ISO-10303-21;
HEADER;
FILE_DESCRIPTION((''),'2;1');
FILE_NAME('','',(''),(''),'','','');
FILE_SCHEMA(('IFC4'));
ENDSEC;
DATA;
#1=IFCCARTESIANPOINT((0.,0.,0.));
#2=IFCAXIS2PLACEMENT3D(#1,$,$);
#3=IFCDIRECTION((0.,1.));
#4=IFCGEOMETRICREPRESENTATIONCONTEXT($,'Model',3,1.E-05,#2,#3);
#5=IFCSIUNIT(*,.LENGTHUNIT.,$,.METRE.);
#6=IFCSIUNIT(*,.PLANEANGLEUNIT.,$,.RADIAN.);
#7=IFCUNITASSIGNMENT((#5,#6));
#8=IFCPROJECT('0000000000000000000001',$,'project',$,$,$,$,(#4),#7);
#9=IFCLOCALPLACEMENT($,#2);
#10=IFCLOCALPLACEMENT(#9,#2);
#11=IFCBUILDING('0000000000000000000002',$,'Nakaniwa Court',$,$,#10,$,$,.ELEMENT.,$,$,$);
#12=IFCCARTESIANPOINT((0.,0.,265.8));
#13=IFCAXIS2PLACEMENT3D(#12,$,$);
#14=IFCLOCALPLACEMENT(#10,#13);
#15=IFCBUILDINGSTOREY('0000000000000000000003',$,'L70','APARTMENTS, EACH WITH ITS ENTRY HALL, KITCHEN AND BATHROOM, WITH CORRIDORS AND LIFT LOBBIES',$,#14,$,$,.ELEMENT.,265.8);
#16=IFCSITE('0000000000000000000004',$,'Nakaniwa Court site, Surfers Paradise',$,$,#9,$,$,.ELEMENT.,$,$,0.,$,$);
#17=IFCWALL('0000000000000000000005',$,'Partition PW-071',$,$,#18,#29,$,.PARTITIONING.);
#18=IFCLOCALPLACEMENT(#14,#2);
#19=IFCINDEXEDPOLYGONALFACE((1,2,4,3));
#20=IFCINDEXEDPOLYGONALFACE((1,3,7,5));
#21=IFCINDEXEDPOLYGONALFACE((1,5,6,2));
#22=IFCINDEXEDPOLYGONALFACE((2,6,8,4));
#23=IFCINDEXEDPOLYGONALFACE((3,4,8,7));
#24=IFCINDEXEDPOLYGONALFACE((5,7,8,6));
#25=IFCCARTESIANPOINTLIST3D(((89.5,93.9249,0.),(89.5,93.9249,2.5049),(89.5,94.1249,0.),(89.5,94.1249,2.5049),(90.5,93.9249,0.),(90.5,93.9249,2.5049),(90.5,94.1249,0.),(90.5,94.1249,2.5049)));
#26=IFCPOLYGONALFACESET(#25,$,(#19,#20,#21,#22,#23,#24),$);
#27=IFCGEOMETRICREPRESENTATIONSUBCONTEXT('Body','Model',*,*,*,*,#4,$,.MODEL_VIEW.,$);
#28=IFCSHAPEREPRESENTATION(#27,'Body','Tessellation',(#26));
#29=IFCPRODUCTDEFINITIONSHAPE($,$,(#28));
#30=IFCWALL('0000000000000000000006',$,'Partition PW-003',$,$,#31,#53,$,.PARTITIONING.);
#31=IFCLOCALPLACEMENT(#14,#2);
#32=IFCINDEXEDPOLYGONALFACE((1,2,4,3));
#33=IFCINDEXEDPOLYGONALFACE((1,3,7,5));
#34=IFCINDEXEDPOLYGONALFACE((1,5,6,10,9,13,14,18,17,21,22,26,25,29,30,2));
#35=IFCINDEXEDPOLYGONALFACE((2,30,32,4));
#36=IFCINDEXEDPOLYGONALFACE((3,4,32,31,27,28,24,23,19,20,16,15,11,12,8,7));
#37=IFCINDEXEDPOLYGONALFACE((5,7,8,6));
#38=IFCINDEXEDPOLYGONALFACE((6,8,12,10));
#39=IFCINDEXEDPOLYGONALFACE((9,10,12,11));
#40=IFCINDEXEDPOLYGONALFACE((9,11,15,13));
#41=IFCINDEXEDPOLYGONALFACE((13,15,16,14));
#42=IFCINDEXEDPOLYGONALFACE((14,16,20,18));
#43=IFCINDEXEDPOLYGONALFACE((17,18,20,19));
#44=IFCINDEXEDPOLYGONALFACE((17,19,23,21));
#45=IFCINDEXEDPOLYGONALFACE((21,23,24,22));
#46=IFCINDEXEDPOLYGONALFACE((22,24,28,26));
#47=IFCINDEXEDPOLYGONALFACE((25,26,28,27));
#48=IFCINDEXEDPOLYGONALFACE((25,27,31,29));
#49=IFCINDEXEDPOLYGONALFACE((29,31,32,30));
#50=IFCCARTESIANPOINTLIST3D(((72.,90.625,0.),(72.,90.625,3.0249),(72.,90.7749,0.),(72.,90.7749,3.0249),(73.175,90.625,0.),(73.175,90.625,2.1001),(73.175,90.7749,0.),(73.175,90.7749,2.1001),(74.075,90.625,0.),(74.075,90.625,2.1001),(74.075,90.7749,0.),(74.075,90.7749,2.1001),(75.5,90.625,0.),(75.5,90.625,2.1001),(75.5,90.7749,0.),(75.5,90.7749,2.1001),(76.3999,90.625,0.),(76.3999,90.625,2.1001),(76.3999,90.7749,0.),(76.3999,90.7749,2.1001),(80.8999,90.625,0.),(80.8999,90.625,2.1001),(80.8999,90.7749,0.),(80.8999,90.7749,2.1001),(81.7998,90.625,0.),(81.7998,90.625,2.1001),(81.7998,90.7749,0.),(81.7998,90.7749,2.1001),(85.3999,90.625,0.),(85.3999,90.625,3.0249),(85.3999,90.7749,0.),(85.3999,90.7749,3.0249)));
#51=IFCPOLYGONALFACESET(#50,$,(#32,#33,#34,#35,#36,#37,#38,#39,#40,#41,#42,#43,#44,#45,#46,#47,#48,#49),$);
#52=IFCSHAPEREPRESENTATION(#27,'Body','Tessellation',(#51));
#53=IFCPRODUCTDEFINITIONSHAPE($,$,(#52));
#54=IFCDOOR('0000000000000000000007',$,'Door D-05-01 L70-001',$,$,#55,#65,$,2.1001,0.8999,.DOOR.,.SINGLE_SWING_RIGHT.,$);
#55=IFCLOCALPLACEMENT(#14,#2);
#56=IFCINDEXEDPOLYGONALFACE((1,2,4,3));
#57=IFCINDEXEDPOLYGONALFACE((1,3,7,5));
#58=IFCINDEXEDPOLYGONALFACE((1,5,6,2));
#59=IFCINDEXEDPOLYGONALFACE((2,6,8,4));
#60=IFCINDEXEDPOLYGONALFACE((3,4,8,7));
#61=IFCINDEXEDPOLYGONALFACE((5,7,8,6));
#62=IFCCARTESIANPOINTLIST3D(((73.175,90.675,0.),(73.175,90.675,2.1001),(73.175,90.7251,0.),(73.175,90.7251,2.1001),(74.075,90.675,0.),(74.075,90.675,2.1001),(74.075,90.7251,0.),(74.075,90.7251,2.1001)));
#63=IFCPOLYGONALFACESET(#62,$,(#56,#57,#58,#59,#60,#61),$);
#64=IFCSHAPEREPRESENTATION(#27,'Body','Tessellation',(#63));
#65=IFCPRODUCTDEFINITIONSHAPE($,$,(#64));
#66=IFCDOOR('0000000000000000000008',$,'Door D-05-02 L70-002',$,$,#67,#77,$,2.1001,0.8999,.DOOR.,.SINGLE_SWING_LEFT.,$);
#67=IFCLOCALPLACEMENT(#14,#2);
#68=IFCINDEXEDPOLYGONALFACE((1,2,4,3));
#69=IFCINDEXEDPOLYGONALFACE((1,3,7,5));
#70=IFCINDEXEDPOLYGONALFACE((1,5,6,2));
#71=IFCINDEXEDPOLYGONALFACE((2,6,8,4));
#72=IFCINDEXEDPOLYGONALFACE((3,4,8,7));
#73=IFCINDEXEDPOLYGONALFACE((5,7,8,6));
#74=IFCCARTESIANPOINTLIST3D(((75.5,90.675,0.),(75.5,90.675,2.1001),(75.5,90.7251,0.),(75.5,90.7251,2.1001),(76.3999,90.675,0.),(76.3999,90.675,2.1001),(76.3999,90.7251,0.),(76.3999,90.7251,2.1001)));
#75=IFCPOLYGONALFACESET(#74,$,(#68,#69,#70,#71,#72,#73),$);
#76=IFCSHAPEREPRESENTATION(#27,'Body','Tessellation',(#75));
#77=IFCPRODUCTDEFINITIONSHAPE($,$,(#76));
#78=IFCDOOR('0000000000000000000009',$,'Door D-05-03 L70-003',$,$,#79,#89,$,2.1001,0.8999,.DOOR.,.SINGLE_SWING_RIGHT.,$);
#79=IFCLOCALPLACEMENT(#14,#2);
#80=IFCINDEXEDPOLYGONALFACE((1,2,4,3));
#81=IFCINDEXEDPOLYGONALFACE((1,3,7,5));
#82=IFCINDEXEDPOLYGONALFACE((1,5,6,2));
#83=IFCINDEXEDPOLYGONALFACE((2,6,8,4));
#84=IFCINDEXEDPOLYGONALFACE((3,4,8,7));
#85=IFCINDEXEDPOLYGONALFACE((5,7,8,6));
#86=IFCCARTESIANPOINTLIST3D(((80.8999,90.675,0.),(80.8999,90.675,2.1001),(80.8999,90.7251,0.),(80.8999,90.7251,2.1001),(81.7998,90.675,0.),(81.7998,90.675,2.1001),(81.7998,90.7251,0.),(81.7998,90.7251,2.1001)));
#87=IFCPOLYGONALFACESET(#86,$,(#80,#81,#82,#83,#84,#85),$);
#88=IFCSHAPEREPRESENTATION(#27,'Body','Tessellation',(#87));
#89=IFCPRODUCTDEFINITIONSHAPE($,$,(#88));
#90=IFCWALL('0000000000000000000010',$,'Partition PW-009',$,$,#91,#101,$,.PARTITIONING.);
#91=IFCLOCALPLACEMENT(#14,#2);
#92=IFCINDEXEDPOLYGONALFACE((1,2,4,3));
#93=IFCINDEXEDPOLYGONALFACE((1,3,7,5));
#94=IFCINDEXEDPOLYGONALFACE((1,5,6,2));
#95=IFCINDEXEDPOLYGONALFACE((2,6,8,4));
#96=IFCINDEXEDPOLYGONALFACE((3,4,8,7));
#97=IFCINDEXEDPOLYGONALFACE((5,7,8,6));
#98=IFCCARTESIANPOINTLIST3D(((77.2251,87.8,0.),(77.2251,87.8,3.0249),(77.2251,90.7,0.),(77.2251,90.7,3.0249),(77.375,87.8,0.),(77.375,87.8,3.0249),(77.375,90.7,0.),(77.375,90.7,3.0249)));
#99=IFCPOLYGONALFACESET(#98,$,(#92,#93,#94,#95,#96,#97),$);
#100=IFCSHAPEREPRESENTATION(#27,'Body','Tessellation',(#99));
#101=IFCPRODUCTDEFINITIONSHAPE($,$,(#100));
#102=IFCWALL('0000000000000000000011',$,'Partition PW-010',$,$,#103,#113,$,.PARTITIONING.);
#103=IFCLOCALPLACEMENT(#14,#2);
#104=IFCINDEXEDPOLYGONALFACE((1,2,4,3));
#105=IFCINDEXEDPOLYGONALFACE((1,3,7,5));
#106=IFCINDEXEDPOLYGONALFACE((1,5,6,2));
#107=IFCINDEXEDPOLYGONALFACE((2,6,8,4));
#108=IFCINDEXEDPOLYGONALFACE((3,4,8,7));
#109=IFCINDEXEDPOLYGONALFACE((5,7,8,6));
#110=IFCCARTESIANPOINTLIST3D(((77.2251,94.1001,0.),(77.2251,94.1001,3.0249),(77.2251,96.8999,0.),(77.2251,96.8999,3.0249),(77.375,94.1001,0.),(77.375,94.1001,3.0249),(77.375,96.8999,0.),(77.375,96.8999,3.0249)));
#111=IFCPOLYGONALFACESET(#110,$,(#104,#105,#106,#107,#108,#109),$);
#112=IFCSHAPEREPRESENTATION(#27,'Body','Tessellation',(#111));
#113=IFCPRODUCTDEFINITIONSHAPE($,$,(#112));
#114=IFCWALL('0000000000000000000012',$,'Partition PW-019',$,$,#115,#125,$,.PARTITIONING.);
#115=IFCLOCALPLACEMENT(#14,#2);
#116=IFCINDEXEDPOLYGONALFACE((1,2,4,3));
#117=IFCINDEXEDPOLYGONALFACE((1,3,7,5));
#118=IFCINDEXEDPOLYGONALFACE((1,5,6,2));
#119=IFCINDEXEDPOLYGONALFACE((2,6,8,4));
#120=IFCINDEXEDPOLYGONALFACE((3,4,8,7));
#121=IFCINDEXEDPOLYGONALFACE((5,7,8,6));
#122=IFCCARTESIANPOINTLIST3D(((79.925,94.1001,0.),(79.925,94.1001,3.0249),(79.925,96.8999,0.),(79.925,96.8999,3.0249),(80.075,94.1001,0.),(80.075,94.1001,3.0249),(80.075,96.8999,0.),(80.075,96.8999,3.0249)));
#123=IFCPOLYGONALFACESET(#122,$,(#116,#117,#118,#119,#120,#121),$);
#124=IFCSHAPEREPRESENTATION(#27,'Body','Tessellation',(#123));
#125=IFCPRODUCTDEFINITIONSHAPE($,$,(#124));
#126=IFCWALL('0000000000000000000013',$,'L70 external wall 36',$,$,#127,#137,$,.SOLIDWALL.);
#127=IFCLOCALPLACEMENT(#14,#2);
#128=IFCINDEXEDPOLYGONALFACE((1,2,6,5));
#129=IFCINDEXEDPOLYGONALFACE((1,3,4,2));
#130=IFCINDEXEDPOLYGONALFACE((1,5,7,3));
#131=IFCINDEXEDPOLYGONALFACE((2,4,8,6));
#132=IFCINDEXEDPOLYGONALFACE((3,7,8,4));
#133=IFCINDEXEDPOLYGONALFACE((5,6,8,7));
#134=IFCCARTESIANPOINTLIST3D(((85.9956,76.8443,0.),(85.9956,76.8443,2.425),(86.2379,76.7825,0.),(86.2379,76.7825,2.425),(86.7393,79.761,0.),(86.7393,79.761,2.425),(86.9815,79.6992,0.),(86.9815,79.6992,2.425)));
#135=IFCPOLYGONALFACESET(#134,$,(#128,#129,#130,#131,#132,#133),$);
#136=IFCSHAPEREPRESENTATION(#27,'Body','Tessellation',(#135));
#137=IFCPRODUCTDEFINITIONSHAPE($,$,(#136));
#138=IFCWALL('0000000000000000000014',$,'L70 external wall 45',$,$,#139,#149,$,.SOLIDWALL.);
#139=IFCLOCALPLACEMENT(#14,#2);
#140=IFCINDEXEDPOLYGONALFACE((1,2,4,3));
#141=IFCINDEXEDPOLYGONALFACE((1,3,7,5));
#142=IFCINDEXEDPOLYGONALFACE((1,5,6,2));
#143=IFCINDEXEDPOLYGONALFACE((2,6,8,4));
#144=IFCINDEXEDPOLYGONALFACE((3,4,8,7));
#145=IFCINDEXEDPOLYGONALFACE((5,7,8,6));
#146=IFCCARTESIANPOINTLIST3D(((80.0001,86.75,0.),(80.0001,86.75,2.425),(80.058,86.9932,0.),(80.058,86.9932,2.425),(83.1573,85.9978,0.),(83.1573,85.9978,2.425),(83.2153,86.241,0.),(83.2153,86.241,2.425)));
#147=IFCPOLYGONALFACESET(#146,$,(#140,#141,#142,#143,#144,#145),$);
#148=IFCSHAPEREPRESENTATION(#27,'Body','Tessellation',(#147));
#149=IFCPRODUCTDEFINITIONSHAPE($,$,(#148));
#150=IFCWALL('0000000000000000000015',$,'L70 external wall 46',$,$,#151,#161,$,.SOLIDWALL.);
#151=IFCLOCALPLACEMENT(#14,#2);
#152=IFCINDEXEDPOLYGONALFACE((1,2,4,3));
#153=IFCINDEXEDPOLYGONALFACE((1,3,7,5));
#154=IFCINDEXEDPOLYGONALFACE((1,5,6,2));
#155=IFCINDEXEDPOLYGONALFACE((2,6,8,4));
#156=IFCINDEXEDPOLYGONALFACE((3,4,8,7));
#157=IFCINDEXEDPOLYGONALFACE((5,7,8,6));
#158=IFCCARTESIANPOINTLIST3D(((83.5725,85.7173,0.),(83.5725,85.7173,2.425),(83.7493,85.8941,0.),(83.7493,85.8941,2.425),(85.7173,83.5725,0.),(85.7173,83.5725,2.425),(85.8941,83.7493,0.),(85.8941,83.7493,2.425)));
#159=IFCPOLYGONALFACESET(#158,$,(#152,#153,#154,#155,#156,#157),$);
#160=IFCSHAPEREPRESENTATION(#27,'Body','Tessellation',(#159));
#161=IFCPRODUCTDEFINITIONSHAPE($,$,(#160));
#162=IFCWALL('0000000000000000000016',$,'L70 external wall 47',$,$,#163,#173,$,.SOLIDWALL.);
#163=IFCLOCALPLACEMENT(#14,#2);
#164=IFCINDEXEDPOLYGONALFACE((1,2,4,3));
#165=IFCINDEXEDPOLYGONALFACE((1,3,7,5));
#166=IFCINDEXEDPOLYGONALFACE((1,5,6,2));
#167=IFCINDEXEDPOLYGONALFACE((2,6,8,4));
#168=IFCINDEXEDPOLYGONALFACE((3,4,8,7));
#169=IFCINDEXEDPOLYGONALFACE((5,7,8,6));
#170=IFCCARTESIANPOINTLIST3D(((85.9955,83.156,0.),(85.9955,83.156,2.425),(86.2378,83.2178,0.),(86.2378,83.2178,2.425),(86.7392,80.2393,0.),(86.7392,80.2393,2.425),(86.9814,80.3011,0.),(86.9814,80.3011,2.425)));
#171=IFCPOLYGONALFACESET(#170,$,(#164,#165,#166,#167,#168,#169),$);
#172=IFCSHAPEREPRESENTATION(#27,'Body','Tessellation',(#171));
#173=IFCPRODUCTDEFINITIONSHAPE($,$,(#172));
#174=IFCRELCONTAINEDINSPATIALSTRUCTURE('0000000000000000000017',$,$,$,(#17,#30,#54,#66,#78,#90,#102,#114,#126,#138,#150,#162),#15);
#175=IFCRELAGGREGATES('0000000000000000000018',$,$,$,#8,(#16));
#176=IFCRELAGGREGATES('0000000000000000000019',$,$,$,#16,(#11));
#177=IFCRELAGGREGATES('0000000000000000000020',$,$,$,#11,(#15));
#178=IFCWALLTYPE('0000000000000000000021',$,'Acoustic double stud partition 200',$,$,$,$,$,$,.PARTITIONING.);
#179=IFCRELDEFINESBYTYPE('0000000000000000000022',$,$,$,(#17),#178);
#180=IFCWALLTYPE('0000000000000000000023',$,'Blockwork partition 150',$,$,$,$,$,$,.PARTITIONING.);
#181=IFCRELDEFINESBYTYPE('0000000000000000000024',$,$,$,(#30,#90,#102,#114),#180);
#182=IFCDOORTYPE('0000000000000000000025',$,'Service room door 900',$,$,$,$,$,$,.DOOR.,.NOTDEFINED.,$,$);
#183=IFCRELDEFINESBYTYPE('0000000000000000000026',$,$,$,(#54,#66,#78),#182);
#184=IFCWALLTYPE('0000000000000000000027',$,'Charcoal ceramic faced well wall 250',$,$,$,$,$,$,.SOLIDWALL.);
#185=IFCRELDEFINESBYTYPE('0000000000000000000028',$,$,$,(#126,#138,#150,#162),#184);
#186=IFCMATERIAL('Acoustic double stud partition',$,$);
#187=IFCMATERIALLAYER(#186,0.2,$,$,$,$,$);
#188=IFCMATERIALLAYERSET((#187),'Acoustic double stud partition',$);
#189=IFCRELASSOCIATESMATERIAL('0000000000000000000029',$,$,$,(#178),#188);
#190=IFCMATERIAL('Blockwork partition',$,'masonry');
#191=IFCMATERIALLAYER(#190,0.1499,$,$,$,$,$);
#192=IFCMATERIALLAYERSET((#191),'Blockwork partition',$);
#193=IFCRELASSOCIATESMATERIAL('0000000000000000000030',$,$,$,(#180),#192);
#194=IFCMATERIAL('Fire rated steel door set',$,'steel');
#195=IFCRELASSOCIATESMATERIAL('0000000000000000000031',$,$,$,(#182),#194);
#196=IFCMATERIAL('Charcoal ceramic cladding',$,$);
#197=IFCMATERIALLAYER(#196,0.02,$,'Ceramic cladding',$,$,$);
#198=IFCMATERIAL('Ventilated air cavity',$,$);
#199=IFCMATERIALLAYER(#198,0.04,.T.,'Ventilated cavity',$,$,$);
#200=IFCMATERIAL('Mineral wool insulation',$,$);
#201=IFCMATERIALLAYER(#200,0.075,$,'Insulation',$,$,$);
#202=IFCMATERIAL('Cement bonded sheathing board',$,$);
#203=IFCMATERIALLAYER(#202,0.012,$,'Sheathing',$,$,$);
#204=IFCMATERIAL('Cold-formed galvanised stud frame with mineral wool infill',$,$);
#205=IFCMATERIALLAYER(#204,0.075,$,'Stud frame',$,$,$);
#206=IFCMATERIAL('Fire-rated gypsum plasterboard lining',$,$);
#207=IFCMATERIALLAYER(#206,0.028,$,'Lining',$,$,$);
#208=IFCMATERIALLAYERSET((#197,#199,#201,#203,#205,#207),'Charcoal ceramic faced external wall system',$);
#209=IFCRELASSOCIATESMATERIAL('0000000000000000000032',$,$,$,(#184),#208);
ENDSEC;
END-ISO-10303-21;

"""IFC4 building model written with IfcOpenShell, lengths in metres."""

from ifc_helpers import new_model, si_unit, direction, frame, frame_2d, origin, place, context, subcontext, project, spatial, rectangle, extrude, material, layer, layer_set, type_object, element, fill, save


model = new_model("IFC4")

# Units and contexts
model_context = context("Model", 3, precision=1e-05, world=origin(), true_north=direction((0.0, 1.0)))
body_context = subcontext(model_context, "Body", "Model", "MODEL_VIEW")
ifc_project = project(units=[si_unit("LENGTHUNIT", "METRE"), si_unit("PLANEANGLEUNIT", "RADIAN")], contexts=[model_context])

# Site, building, storey
site_placement = place(None, origin())
site = spatial("IfcSite", under=ifc_project, at=site_placement, Name="Nakaniwa Court site, Surfers Paradise", CompositionType="ELEMENT", RefElevation=0.0)
building_placement = place(site_placement, origin())
building = spatial("IfcBuilding", under=site, at=building_placement, Name="Nakaniwa Court", CompositionType="ELEMENT")
storey_placement = place(building_placement, frame((0.0, 0.0, 265.8)))
storey = spatial("IfcBuildingStorey", under=building, at=storey_placement, Name="L70", Description="APARTMENTS, EACH WITH ITS ENTRY HALL, KITCHEN AND BATHROOM, WITH CORRIDORS AND LIFT LOBBIES", CompositionType="ELEMENT", Elevation=265.8)

# Shared definitions
ifc_material_1 = material(Name="Acoustic double stud partition")
ifc_layer_1 = layer(ifc_material_1, 0.2)
ifc_layer_set_1 = layer_set([ifc_layer_1], Name="Acoustic double stud partition")
wall_type_1 = type_object("IfcWallType", Name="Acoustic double stud partition 200", PredefinedType="PARTITIONING", material=ifc_layer_set_1)

# Wall
wall_1_placement = place(storey_placement, frame((89.5, 94.0249, 0.0), z_axis=(0.0, 0.0, 1.0), x_axis=(1.0, 0.0, 0.0)))
element("IfcWall", 1, at=wall_1_placement, inside=storey, type_object=wall_type_1, Name="Partition PW-071", PredefinedType="PARTITIONING", context=body_context, shape_type="SweptSolid", body=[
    extrude(rectangle(XDim=1.0, YDim=0.2, at=frame_2d((0.5, 0.0))), origin(), (0.0, 0.0, 1.0), 2.5049),
])

# Wall, openings, doors
ifc_material_2 = material(Name="Blockwork partition", Category="masonry")
ifc_layer_2 = layer(ifc_material_2, 0.1499)
ifc_layer_set_2 = layer_set([ifc_layer_2], Name="Blockwork partition")
wall_type_2 = type_object("IfcWallType", Name="Blockwork partition 150", PredefinedType="PARTITIONING", material=ifc_layer_set_2)
wall_2_placement = place(storey_placement, frame((85.3999, 90.7, 0.0), z_axis=(0.0, 0.0, 1.0), x_axis=(-1.0, 0.0, 0.0)))
wall_2 = element("IfcWall", 2, at=wall_2_placement, inside=storey, type_object=wall_type_2, Name="Partition PW-003", PredefinedType="PARTITIONING", context=body_context, shape_type="SweptSolid", body=[
    extrude(rectangle(XDim=13.3999, YDim=0.1499, at=frame_2d((6.7, 0.0))), origin(), (0.0, 0.0, 1.0), 3.0249),
])
opening_1_placement = place(wall_2_placement, frame((11.325, 0.0, 0.0)))
opening_1 = element("IfcOpeningElement", 3, at=opening_1_placement, cuts=wall_2, PredefinedType="OPENING", context=body_context, shape_type="SweptSolid", body=[
    extrude(rectangle(XDim=0.8999, YDim=2.1001, at=frame_2d((0.45, 1.05))), frame((0.0, 0.085, 0.0), z_axis=(0.0, -1.0, 0.0), x_axis=(1.0, 0.0, 0.0)), (0.0, 0.0, 1.0), 0.1699),
])
opening_2_placement = place(wall_2_placement, frame((9.0, 0.0, 0.0)))
opening_2 = element("IfcOpeningElement", 4, at=opening_2_placement, cuts=wall_2, PredefinedType="OPENING", context=body_context, shape_type="SweptSolid", body=[
    extrude(rectangle(XDim=0.8999, YDim=2.1001, at=frame_2d((0.45, 1.05))), frame((0.0, 0.085, 0.0), z_axis=(0.0, -1.0, 0.0), x_axis=(1.0, 0.0, 0.0)), (0.0, 0.0, 1.0), 0.1699),
])
opening_3_placement = place(wall_2_placement, frame((3.6001, 0.0, 0.0)))
opening_3 = element("IfcOpeningElement", 5, at=opening_3_placement, cuts=wall_2, PredefinedType="OPENING", context=body_context, shape_type="SweptSolid", body=[
    extrude(rectangle(XDim=0.8999, YDim=2.1001, at=frame_2d((0.45, 1.05))), frame((0.0, 0.085, 0.0), z_axis=(0.0, -1.0, 0.0), x_axis=(1.0, 0.0, 0.0)), (0.0, 0.0, 1.0), 0.1699),
])
ifc_material_3 = material(Name="Fire rated steel door set", Category="steel")
door_type_1 = type_object("IfcDoorType", Name="Service room door 900", OperationType="NOTDEFINED", PredefinedType="DOOR", material=ifc_material_3)
door_1_placement = place(opening_1_placement, origin())
door_1 = element("IfcDoor", 6, at=door_1_placement, inside=storey, type_object=door_type_1, Name="Door D-05-01 L70-001", OperationType="SINGLE_SWING_RIGHT", OverallHeight=2.1001, OverallWidth=0.8999, PredefinedType="DOOR", context=body_context, shape_type="SweptSolid", body=[
    extrude(rectangle(XDim=0.8999, YDim=2.1001, at=frame_2d((0.45, 1.05))), frame((0.0, 0.0249, 0.0), z_axis=(0.0, -1.0, 0.0), x_axis=(1.0, 0.0, 0.0)), (0.0, 0.0, 1.0), 0.05),
])
fill(opening_1, door_1)
door_2_placement = place(opening_2_placement, origin())
door_2 = element("IfcDoor", 7, at=door_2_placement, inside=storey, type_object=door_type_1, Name="Door D-05-02 L70-002", OperationType="SINGLE_SWING_LEFT", OverallHeight=2.1001, OverallWidth=0.8999, PredefinedType="DOOR", context=body_context, shape_type="SweptSolid", body=[
    extrude(rectangle(XDim=0.8999, YDim=2.1001, at=frame_2d((0.45, 1.05))), frame((0.0, 0.0249, 0.0), z_axis=(0.0, -1.0, 0.0), x_axis=(1.0, 0.0, 0.0)), (0.0, 0.0, 1.0), 0.05),
])
fill(opening_2, door_2)
door_3_placement = place(opening_3_placement, origin())
door_3 = element("IfcDoor", 8, at=door_3_placement, inside=storey, type_object=door_type_1, Name="Door D-05-03 L70-003", OperationType="SINGLE_SWING_RIGHT", OverallHeight=2.1001, OverallWidth=0.8999, PredefinedType="DOOR", context=body_context, shape_type="SweptSolid", body=[
    extrude(rectangle(XDim=0.8999, YDim=2.1001, at=frame_2d((0.45, 1.05))), frame((0.0, 0.0249, 0.0), z_axis=(0.0, -1.0, 0.0), x_axis=(1.0, 0.0, 0.0)), (0.0, 0.0, 1.0), 0.05),
])
fill(opening_3, door_3)

# Walls
wall_3_placement = place(storey_placement, frame((77.3, 87.8, 0.0), z_axis=(0.0, 0.0, 1.0), x_axis=(0.0, 1.0, 0.0)))
element("IfcWall", 9, at=wall_3_placement, inside=storey, type_object=wall_type_2, Name="Partition PW-009", PredefinedType="PARTITIONING", context=body_context, shape_type="SweptSolid", body=[
    extrude(rectangle(XDim=2.8999, YDim=0.1499, at=frame_2d((1.45, 0.0))), origin(), (0.0, 0.0, 1.0), 3.0249),
])
for number, where, z_axis, x_axis, name in (
    (10, (77.3, 94.1001, 0.0), (0.0, 0.0, 1.0), (0.0, 1.0, 0.0), "Partition PW-010"),
    (11, (80.0, 94.1001, 0.0), (0.0, 0.0, 1.0), (0.0, 1.0, 0.0), "Partition PW-019"),
):
    element("IfcWall", number, at=place(storey_placement, frame(where, z_axis=z_axis, x_axis=x_axis)), inside=storey, type_object=wall_type_2, Name=name, PredefinedType="PARTITIONING", context=body_context, shape_type="SweptSolid", body=[
        extrude(rectangle(XDim=2.7998, YDim=0.1499, at=frame_2d((1.3999, 0.0))), origin(), (0.0, 0.0, 1.0), 3.0249),
    ])
ifc_material_4 = material(Name="Charcoal ceramic cladding")
ifc_layer_3 = layer(ifc_material_4, 0.02, Name="Ceramic cladding")
ifc_material_5 = material(Name="Ventilated air cavity")
ifc_layer_4 = layer(ifc_material_5, 0.04, ventilated=True, Name="Ventilated cavity")
ifc_material_6 = material(Name="Mineral wool insulation")
ifc_layer_5 = layer(ifc_material_6, 0.075, Name="Insulation")
ifc_material_7 = material(Name="Cement bonded sheathing board")
ifc_layer_6 = layer(ifc_material_7, 0.012, Name="Sheathing")
ifc_material_8 = material(Name="Cold-formed galvanised stud frame with mineral wool infill")
ifc_layer_7 = layer(ifc_material_8, 0.075, Name="Stud frame")
ifc_material_9 = material(Name="Fire-rated gypsum plasterboard lining")
ifc_layer_8 = layer(ifc_material_9, 0.028, Name="Lining")
ifc_layer_set_3 = layer_set([ifc_layer_3, ifc_layer_4, ifc_layer_5, ifc_layer_6, ifc_layer_7, ifc_layer_8], Name="Charcoal ceramic faced external wall system")
wall_type_3 = type_object("IfcWallType", Name="Charcoal ceramic faced well wall 250", PredefinedType="SOLIDWALL", material=ifc_layer_set_3)
wall_4_placement = place(storey_placement, frame((86.8604, 79.73, 0.0), z_axis=(0.0, 0.0, 1.0), x_axis=(-0.247056, -0.969001, 0.0)))
element("IfcWall", 12, at=wall_4_placement, inside=storey, type_object=wall_type_3, Name="L70 external wall 36", PredefinedType="SOLIDWALL", context=body_context, shape_type="SweptSolid", body=[
    extrude(rectangle(XDim=3.01, YDim=0.25, at=frame_2d((1.5049, 0.0))), origin(), (0.0, 0.0, 1.0), 2.425),
])
wall_5_placement = place(storey_placement, frame((80.0291, 86.8716, 0.0), z_axis=(0.0, 0.0, 1.0), x_axis=(0.972773, -0.23176, 0.0)))
element("IfcWall", 13, at=wall_5_placement, inside=storey, type_object=wall_type_3, Name="L70 external wall 45", PredefinedType="SOLIDWALL", context=body_context, shape_type="SweptSolid", body=[
    extrude(rectangle(XDim=3.2456, YDim=0.25, at=frame_2d((1.6228, 0.0))), origin(), (0.0, 0.0, 1.0), 2.425),
])
wall_6_placement = place(storey_placement, frame((83.6609, 85.8057, 0.0), z_axis=(0.0, 0.0, 1.0), x_axis=(0.707107, -0.707107, 0.0)))
element("IfcWall", 14, at=wall_6_placement, inside=storey, type_object=wall_type_3, Name="L70 external wall 46", PredefinedType="SOLIDWALL", context=body_context, shape_type="SweptSolid", body=[
    extrude(rectangle(XDim=3.0332, YDim=0.25, at=frame_2d((1.5166, 0.0))), origin(), (0.0, 0.0, 1.0), 2.425),
])
wall_7_placement = place(storey_placement, frame((86.1167, 83.1868, 0.0), z_axis=(0.0, 0.0, 1.0), x_axis=(0.247056, -0.969001, 0.0)))
element("IfcWall", 15, at=wall_7_placement, inside=storey, type_object=wall_type_3, Name="L70 external wall 47", PredefinedType="SOLIDWALL", context=body_context, shape_type="SweptSolid", body=[
    extrude(rectangle(XDim=3.01, YDim=0.25, at=frame_2d((1.5049, 0.0))), origin(), (0.0, 0.0, 1.0), 2.425),
])

save(model, "model.ifc")
